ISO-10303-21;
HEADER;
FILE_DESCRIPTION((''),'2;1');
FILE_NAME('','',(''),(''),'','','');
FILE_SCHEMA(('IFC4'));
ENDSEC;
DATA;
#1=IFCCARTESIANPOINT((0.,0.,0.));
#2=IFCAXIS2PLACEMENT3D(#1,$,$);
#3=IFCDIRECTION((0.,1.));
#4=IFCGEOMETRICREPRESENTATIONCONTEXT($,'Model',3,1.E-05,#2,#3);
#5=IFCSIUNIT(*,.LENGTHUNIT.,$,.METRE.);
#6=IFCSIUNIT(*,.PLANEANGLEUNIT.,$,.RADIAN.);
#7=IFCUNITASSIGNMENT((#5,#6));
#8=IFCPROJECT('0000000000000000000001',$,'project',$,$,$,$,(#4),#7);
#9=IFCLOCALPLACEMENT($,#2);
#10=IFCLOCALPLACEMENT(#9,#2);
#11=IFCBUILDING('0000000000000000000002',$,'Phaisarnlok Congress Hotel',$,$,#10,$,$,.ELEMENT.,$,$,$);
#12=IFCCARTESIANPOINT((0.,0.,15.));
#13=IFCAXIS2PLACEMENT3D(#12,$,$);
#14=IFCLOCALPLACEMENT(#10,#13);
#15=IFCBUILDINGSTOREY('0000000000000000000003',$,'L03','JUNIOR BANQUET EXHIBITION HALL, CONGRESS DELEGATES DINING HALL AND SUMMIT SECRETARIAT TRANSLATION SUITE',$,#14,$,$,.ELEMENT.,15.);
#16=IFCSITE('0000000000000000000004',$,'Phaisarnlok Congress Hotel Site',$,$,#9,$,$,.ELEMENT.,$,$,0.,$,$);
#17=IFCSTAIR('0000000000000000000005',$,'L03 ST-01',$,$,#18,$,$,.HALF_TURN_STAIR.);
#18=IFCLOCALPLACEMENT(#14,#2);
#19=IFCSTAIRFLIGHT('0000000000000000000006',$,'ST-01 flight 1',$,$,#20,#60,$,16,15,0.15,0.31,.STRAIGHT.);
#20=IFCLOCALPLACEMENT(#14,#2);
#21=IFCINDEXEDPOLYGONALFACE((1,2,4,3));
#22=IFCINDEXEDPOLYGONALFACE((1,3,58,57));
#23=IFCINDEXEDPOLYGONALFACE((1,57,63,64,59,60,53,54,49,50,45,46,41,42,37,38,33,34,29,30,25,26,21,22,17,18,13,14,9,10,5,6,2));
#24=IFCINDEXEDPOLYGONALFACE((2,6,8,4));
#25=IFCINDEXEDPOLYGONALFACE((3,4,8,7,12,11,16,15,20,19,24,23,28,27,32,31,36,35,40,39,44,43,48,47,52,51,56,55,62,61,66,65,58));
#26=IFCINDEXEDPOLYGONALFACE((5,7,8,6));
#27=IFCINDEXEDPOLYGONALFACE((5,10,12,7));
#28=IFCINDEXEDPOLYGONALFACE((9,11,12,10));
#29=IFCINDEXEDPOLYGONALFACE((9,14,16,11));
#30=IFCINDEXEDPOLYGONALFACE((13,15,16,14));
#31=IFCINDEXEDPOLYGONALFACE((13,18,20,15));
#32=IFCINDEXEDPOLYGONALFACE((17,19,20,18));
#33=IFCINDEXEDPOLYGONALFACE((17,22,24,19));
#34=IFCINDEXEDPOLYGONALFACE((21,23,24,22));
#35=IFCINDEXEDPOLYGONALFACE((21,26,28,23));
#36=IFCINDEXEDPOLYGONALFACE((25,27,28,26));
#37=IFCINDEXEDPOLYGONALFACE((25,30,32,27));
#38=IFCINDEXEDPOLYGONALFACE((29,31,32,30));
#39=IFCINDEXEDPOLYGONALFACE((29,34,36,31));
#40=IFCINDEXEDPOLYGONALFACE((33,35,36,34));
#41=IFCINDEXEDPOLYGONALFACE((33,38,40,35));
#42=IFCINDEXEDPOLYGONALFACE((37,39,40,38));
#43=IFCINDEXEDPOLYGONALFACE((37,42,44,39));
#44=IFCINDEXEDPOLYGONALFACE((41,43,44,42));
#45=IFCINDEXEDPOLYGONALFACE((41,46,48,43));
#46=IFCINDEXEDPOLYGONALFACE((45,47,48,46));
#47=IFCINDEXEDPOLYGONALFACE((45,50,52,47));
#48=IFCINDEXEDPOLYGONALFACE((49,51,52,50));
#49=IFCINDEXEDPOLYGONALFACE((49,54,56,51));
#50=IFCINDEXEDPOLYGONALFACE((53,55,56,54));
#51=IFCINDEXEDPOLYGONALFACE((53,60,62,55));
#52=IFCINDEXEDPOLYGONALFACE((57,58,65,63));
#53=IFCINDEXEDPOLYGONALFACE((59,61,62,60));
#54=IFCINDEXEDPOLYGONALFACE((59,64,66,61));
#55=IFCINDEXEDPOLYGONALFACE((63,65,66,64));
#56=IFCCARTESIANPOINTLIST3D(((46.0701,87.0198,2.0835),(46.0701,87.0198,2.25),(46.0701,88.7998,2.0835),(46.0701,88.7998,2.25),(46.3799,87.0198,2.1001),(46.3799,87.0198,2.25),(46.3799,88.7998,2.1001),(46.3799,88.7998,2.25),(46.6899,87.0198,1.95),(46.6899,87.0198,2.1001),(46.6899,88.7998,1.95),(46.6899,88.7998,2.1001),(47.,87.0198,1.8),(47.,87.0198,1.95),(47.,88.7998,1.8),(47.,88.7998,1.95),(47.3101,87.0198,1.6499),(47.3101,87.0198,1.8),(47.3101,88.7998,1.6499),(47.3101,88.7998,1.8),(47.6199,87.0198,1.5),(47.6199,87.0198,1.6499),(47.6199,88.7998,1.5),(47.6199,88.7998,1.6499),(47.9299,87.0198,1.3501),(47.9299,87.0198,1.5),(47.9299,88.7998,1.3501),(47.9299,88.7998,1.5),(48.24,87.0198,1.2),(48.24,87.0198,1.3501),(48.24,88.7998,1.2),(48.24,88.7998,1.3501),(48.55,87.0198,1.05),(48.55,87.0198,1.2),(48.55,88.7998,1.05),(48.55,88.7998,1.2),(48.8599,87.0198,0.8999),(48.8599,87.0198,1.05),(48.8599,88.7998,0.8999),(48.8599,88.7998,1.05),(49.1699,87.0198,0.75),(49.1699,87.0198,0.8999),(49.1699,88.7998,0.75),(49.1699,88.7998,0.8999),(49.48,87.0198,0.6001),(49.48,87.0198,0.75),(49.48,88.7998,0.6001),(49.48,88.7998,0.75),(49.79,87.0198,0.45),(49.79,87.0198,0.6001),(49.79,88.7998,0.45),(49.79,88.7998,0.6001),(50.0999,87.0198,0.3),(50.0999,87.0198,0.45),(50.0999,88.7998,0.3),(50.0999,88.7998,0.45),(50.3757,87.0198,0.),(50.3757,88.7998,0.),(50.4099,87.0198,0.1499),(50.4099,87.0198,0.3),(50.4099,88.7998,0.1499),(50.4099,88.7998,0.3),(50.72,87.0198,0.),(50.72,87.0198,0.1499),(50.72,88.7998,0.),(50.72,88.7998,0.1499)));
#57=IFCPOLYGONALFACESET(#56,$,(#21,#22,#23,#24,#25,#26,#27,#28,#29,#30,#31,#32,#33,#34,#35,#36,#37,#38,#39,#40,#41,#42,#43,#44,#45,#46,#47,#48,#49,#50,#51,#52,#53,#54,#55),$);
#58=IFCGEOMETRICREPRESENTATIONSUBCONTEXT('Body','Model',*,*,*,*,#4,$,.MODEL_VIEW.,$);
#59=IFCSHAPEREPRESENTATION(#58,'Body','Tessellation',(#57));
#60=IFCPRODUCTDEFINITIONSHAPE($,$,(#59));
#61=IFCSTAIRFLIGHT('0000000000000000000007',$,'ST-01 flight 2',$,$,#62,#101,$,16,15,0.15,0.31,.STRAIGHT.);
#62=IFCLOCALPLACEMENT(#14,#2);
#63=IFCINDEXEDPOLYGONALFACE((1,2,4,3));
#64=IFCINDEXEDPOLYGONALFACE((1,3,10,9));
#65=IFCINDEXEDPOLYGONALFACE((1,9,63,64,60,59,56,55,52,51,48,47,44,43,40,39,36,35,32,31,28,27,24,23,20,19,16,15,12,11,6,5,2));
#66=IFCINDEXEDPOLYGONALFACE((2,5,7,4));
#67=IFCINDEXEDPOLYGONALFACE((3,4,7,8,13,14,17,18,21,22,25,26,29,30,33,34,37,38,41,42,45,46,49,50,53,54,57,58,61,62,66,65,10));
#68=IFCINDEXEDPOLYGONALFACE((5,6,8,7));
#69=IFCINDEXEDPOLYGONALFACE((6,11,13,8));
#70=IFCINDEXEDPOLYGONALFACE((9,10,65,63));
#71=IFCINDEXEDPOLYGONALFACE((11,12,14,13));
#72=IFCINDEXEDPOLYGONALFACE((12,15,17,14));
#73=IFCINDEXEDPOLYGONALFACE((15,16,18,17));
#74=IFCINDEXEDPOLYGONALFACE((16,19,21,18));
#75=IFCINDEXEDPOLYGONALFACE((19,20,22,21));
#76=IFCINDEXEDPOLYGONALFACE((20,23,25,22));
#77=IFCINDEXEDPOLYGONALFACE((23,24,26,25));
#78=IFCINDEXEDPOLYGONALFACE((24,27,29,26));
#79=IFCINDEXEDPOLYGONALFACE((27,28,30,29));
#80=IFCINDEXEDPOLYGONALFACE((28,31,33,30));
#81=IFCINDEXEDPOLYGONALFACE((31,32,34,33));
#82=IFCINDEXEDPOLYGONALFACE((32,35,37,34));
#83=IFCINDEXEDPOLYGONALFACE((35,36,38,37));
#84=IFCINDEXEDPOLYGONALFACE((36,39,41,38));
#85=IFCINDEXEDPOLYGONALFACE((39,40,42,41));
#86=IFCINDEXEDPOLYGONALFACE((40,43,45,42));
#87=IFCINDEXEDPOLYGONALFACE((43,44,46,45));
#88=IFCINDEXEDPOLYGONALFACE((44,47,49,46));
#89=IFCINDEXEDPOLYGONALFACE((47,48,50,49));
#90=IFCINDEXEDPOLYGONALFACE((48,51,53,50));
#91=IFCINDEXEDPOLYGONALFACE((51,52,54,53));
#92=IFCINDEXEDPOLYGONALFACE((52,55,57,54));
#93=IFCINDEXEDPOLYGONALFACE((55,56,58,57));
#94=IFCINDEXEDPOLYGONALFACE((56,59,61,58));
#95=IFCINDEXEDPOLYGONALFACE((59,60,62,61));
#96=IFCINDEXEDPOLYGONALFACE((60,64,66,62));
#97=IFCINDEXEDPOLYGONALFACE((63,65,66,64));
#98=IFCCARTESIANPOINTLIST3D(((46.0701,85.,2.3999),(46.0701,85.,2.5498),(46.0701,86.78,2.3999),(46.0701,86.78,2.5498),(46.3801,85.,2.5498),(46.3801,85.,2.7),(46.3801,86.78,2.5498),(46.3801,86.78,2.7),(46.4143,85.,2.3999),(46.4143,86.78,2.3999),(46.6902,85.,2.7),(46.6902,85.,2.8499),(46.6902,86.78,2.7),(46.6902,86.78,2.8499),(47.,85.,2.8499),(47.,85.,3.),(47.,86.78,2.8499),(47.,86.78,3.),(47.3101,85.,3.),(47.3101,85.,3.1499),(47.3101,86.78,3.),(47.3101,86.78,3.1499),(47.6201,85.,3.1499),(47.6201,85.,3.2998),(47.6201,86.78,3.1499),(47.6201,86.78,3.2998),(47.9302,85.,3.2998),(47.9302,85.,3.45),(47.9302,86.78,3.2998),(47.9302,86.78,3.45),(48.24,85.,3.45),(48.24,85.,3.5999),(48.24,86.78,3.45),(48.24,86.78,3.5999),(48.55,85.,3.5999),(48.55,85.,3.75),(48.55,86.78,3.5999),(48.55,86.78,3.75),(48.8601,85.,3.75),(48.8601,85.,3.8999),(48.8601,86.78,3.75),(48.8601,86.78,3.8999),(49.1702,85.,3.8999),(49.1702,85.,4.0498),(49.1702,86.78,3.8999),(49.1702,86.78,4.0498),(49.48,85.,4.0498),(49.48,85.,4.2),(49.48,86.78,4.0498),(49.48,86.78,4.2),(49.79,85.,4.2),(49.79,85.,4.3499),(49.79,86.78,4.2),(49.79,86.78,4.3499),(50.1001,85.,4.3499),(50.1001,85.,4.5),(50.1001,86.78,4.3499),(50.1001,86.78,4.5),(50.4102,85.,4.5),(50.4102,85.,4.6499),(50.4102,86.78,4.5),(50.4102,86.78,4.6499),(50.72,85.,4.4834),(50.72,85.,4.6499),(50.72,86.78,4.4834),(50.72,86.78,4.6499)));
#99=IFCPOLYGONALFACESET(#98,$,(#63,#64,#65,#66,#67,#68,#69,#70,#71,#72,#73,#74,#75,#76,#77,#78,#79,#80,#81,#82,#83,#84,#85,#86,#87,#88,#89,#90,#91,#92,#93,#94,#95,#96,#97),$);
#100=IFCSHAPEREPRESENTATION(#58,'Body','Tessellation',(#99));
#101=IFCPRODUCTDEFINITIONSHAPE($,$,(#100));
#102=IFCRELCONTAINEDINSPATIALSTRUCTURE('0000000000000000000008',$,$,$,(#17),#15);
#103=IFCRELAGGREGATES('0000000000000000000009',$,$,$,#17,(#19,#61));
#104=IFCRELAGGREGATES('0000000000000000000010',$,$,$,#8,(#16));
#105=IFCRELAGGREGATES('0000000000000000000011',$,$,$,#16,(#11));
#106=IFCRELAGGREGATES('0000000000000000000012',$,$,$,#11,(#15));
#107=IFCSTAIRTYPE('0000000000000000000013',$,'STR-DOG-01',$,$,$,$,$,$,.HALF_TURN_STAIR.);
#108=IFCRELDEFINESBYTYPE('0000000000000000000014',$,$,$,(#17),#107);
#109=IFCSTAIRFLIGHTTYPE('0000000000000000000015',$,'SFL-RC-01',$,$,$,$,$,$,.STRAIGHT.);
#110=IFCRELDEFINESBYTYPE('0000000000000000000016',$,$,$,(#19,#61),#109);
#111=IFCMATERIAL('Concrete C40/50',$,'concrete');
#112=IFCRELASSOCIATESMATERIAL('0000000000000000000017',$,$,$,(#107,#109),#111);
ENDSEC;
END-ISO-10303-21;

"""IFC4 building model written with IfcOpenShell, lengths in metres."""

from ifc_helpers import new_model, si_unit, direction, frame, origin, place, context, subcontext, project, spatial, polyline, outline, extrude, material, type_object, element, aggregate, save


model = new_model("IFC4")

# Units and contexts
model_context = context("Model", 3, precision=1e-05, world=origin(), true_north=direction((0.0, 1.0)))
body_context = subcontext(model_context, "Body", "Model", "MODEL_VIEW")
ifc_project = project(units=[si_unit("LENGTHUNIT", "METRE"), si_unit("PLANEANGLEUNIT", "RADIAN")], contexts=[model_context])

# Site, building, storey
site_placement = place(None, origin())
site = spatial("IfcSite", under=ifc_project, at=site_placement, Name="Phaisarnlok Congress Hotel Site", CompositionType="ELEMENT", RefElevation=0.0)
building_placement = place(site_placement, origin())
building = spatial("IfcBuilding", under=site, at=building_placement, Name="Phaisarnlok Congress Hotel", CompositionType="ELEMENT")
storey_placement = place(building_placement, frame((0.0, 0.0, 15.0)))
storey = spatial("IfcBuildingStorey", under=building, at=storey_placement, Name="L03", Description="JUNIOR BANQUET EXHIBITION HALL, CONGRESS DELEGATES DINING HALL AND SUMMIT SECRETARIAT TRANSLATION SUITE", CompositionType="ELEMENT", Elevation=15.0)

# Shared definitions
ifc_material_1 = material(Name="Concrete C40/50", Category="concrete")

# Stair, stair flights
stair_type = type_object("IfcStairType", Name="STR-DOG-01", PredefinedType="HALF_TURN_STAIR", material=ifc_material_1)
stair_placement = place(storey_placement, origin())
stair = element("IfcStair", 1, at=stair_placement, inside=storey, type_object=stair_type, Name="L03 ST-01", PredefinedType="HALF_TURN_STAIR")
stair_flight_type = type_object("IfcStairFlightType", Name="SFL-RC-01", PredefinedType="STRAIGHT", material=ifc_material_1)
stair_flight_1_placement = place(storey_placement, frame((50.72, 87.9099, 0.0), z_axis=(0.0, 0.0, 1.0), x_axis=(-1.0, 0.0, 0.0)))
stair_flight_1 = element("IfcStairFlight", 2, at=stair_flight_1_placement, type_object=stair_flight_type, Name="ST-01 flight 1", NumberOfRisers=16, NumberOfTreads=15, PredefinedType="STRAIGHT", RiserHeight=0.15, TreadLength=0.31, context=body_context, shape_type="SweptSolid", body=[
    extrude(outline(polyline([(0.0, 0.0), (0.0, 0.1499), (0.3101, 0.1499), (0.3101, 0.3), (0.6201, 0.3), (0.6201, 0.45), (0.9299, 0.45), (0.9299, 0.6001), (1.24, 0.6001), (1.24, 0.75), (1.55, 0.75), (1.55, 0.8999), (1.8601, 0.8999), (1.8601, 1.05), (2.1699, 1.05), (2.1699, 1.2), (2.48, 1.2), (2.48, 1.3501), (2.79, 1.3501), (2.79, 1.5), (3.1001, 1.5), (3.1001, 1.6499), (3.4099, 1.6499), (3.4099, 1.8), (3.72, 1.8), (3.72, 1.95), (4.03, 1.95), (4.03, 2.1001), (4.3401, 2.1001), (4.3401, 2.25), (4.6499, 2.25), (4.6499, 2.3999), (4.6499, 2.0835), (0.3442, 0.0), (0.0, 0.0)])), frame((0.0, 0.8901, 0.0), z_axis=(0.0, -1.0, 0.0), x_axis=(1.0, 0.0, 0.0)), (0.0, 0.0, 1.0), 1.78),
])
stair_flight_2_placement = place(storey_placement, frame((46.0701, 85.8899, 2.3999), z_axis=(0.0, 0.0, 1.0), x_axis=(1.0, 0.0, 0.0)))
stair_flight_2 = element("IfcStairFlight", 3, at=stair_flight_2_placement, type_object=stair_flight_type, Name="ST-01 flight 2", NumberOfRisers=16, NumberOfTreads=15, PredefinedType="STRAIGHT", RiserHeight=0.15, TreadLength=0.31, context=body_context, shape_type="SweptSolid", body=[
    extrude(outline(polyline([(0.0, 0.0), (0.0, 0.1499), (0.3101, 0.1499), (0.3101, 0.3), (0.6201, 0.3), (0.6201, 0.45), (0.9299, 0.45), (0.9299, 0.6001), (1.24, 0.6001), (1.24, 0.75), (1.55, 0.75), (1.55, 0.8999), (1.8601, 0.8999), (1.8601, 1.05), (2.1699, 1.05), (2.1699, 1.2), (2.48, 1.2), (2.48, 1.3501), (2.79, 1.3501), (2.79, 1.5), (3.1001, 1.5), (3.1001, 1.6499), (3.4099, 1.6499), (3.4099, 1.8), (3.72, 1.8), (3.72, 1.95), (4.03, 1.95), (4.03, 2.1001), (4.3401, 2.1001), (4.3401, 2.25), (4.6499, 2.25), (4.6499, 2.3999), (4.6499, 2.0835), (0.3442, 0.0), (0.0, 0.0)])), frame((0.0, 0.8901, 0.0), z_axis=(0.0, -1.0, 0.0), x_axis=(1.0, 0.0, 0.0)), (0.0, 0.0, 1.0), 1.78),
])
aggregate(stair, [stair_flight_1, stair_flight_2])

save(model, "model.ifc")
